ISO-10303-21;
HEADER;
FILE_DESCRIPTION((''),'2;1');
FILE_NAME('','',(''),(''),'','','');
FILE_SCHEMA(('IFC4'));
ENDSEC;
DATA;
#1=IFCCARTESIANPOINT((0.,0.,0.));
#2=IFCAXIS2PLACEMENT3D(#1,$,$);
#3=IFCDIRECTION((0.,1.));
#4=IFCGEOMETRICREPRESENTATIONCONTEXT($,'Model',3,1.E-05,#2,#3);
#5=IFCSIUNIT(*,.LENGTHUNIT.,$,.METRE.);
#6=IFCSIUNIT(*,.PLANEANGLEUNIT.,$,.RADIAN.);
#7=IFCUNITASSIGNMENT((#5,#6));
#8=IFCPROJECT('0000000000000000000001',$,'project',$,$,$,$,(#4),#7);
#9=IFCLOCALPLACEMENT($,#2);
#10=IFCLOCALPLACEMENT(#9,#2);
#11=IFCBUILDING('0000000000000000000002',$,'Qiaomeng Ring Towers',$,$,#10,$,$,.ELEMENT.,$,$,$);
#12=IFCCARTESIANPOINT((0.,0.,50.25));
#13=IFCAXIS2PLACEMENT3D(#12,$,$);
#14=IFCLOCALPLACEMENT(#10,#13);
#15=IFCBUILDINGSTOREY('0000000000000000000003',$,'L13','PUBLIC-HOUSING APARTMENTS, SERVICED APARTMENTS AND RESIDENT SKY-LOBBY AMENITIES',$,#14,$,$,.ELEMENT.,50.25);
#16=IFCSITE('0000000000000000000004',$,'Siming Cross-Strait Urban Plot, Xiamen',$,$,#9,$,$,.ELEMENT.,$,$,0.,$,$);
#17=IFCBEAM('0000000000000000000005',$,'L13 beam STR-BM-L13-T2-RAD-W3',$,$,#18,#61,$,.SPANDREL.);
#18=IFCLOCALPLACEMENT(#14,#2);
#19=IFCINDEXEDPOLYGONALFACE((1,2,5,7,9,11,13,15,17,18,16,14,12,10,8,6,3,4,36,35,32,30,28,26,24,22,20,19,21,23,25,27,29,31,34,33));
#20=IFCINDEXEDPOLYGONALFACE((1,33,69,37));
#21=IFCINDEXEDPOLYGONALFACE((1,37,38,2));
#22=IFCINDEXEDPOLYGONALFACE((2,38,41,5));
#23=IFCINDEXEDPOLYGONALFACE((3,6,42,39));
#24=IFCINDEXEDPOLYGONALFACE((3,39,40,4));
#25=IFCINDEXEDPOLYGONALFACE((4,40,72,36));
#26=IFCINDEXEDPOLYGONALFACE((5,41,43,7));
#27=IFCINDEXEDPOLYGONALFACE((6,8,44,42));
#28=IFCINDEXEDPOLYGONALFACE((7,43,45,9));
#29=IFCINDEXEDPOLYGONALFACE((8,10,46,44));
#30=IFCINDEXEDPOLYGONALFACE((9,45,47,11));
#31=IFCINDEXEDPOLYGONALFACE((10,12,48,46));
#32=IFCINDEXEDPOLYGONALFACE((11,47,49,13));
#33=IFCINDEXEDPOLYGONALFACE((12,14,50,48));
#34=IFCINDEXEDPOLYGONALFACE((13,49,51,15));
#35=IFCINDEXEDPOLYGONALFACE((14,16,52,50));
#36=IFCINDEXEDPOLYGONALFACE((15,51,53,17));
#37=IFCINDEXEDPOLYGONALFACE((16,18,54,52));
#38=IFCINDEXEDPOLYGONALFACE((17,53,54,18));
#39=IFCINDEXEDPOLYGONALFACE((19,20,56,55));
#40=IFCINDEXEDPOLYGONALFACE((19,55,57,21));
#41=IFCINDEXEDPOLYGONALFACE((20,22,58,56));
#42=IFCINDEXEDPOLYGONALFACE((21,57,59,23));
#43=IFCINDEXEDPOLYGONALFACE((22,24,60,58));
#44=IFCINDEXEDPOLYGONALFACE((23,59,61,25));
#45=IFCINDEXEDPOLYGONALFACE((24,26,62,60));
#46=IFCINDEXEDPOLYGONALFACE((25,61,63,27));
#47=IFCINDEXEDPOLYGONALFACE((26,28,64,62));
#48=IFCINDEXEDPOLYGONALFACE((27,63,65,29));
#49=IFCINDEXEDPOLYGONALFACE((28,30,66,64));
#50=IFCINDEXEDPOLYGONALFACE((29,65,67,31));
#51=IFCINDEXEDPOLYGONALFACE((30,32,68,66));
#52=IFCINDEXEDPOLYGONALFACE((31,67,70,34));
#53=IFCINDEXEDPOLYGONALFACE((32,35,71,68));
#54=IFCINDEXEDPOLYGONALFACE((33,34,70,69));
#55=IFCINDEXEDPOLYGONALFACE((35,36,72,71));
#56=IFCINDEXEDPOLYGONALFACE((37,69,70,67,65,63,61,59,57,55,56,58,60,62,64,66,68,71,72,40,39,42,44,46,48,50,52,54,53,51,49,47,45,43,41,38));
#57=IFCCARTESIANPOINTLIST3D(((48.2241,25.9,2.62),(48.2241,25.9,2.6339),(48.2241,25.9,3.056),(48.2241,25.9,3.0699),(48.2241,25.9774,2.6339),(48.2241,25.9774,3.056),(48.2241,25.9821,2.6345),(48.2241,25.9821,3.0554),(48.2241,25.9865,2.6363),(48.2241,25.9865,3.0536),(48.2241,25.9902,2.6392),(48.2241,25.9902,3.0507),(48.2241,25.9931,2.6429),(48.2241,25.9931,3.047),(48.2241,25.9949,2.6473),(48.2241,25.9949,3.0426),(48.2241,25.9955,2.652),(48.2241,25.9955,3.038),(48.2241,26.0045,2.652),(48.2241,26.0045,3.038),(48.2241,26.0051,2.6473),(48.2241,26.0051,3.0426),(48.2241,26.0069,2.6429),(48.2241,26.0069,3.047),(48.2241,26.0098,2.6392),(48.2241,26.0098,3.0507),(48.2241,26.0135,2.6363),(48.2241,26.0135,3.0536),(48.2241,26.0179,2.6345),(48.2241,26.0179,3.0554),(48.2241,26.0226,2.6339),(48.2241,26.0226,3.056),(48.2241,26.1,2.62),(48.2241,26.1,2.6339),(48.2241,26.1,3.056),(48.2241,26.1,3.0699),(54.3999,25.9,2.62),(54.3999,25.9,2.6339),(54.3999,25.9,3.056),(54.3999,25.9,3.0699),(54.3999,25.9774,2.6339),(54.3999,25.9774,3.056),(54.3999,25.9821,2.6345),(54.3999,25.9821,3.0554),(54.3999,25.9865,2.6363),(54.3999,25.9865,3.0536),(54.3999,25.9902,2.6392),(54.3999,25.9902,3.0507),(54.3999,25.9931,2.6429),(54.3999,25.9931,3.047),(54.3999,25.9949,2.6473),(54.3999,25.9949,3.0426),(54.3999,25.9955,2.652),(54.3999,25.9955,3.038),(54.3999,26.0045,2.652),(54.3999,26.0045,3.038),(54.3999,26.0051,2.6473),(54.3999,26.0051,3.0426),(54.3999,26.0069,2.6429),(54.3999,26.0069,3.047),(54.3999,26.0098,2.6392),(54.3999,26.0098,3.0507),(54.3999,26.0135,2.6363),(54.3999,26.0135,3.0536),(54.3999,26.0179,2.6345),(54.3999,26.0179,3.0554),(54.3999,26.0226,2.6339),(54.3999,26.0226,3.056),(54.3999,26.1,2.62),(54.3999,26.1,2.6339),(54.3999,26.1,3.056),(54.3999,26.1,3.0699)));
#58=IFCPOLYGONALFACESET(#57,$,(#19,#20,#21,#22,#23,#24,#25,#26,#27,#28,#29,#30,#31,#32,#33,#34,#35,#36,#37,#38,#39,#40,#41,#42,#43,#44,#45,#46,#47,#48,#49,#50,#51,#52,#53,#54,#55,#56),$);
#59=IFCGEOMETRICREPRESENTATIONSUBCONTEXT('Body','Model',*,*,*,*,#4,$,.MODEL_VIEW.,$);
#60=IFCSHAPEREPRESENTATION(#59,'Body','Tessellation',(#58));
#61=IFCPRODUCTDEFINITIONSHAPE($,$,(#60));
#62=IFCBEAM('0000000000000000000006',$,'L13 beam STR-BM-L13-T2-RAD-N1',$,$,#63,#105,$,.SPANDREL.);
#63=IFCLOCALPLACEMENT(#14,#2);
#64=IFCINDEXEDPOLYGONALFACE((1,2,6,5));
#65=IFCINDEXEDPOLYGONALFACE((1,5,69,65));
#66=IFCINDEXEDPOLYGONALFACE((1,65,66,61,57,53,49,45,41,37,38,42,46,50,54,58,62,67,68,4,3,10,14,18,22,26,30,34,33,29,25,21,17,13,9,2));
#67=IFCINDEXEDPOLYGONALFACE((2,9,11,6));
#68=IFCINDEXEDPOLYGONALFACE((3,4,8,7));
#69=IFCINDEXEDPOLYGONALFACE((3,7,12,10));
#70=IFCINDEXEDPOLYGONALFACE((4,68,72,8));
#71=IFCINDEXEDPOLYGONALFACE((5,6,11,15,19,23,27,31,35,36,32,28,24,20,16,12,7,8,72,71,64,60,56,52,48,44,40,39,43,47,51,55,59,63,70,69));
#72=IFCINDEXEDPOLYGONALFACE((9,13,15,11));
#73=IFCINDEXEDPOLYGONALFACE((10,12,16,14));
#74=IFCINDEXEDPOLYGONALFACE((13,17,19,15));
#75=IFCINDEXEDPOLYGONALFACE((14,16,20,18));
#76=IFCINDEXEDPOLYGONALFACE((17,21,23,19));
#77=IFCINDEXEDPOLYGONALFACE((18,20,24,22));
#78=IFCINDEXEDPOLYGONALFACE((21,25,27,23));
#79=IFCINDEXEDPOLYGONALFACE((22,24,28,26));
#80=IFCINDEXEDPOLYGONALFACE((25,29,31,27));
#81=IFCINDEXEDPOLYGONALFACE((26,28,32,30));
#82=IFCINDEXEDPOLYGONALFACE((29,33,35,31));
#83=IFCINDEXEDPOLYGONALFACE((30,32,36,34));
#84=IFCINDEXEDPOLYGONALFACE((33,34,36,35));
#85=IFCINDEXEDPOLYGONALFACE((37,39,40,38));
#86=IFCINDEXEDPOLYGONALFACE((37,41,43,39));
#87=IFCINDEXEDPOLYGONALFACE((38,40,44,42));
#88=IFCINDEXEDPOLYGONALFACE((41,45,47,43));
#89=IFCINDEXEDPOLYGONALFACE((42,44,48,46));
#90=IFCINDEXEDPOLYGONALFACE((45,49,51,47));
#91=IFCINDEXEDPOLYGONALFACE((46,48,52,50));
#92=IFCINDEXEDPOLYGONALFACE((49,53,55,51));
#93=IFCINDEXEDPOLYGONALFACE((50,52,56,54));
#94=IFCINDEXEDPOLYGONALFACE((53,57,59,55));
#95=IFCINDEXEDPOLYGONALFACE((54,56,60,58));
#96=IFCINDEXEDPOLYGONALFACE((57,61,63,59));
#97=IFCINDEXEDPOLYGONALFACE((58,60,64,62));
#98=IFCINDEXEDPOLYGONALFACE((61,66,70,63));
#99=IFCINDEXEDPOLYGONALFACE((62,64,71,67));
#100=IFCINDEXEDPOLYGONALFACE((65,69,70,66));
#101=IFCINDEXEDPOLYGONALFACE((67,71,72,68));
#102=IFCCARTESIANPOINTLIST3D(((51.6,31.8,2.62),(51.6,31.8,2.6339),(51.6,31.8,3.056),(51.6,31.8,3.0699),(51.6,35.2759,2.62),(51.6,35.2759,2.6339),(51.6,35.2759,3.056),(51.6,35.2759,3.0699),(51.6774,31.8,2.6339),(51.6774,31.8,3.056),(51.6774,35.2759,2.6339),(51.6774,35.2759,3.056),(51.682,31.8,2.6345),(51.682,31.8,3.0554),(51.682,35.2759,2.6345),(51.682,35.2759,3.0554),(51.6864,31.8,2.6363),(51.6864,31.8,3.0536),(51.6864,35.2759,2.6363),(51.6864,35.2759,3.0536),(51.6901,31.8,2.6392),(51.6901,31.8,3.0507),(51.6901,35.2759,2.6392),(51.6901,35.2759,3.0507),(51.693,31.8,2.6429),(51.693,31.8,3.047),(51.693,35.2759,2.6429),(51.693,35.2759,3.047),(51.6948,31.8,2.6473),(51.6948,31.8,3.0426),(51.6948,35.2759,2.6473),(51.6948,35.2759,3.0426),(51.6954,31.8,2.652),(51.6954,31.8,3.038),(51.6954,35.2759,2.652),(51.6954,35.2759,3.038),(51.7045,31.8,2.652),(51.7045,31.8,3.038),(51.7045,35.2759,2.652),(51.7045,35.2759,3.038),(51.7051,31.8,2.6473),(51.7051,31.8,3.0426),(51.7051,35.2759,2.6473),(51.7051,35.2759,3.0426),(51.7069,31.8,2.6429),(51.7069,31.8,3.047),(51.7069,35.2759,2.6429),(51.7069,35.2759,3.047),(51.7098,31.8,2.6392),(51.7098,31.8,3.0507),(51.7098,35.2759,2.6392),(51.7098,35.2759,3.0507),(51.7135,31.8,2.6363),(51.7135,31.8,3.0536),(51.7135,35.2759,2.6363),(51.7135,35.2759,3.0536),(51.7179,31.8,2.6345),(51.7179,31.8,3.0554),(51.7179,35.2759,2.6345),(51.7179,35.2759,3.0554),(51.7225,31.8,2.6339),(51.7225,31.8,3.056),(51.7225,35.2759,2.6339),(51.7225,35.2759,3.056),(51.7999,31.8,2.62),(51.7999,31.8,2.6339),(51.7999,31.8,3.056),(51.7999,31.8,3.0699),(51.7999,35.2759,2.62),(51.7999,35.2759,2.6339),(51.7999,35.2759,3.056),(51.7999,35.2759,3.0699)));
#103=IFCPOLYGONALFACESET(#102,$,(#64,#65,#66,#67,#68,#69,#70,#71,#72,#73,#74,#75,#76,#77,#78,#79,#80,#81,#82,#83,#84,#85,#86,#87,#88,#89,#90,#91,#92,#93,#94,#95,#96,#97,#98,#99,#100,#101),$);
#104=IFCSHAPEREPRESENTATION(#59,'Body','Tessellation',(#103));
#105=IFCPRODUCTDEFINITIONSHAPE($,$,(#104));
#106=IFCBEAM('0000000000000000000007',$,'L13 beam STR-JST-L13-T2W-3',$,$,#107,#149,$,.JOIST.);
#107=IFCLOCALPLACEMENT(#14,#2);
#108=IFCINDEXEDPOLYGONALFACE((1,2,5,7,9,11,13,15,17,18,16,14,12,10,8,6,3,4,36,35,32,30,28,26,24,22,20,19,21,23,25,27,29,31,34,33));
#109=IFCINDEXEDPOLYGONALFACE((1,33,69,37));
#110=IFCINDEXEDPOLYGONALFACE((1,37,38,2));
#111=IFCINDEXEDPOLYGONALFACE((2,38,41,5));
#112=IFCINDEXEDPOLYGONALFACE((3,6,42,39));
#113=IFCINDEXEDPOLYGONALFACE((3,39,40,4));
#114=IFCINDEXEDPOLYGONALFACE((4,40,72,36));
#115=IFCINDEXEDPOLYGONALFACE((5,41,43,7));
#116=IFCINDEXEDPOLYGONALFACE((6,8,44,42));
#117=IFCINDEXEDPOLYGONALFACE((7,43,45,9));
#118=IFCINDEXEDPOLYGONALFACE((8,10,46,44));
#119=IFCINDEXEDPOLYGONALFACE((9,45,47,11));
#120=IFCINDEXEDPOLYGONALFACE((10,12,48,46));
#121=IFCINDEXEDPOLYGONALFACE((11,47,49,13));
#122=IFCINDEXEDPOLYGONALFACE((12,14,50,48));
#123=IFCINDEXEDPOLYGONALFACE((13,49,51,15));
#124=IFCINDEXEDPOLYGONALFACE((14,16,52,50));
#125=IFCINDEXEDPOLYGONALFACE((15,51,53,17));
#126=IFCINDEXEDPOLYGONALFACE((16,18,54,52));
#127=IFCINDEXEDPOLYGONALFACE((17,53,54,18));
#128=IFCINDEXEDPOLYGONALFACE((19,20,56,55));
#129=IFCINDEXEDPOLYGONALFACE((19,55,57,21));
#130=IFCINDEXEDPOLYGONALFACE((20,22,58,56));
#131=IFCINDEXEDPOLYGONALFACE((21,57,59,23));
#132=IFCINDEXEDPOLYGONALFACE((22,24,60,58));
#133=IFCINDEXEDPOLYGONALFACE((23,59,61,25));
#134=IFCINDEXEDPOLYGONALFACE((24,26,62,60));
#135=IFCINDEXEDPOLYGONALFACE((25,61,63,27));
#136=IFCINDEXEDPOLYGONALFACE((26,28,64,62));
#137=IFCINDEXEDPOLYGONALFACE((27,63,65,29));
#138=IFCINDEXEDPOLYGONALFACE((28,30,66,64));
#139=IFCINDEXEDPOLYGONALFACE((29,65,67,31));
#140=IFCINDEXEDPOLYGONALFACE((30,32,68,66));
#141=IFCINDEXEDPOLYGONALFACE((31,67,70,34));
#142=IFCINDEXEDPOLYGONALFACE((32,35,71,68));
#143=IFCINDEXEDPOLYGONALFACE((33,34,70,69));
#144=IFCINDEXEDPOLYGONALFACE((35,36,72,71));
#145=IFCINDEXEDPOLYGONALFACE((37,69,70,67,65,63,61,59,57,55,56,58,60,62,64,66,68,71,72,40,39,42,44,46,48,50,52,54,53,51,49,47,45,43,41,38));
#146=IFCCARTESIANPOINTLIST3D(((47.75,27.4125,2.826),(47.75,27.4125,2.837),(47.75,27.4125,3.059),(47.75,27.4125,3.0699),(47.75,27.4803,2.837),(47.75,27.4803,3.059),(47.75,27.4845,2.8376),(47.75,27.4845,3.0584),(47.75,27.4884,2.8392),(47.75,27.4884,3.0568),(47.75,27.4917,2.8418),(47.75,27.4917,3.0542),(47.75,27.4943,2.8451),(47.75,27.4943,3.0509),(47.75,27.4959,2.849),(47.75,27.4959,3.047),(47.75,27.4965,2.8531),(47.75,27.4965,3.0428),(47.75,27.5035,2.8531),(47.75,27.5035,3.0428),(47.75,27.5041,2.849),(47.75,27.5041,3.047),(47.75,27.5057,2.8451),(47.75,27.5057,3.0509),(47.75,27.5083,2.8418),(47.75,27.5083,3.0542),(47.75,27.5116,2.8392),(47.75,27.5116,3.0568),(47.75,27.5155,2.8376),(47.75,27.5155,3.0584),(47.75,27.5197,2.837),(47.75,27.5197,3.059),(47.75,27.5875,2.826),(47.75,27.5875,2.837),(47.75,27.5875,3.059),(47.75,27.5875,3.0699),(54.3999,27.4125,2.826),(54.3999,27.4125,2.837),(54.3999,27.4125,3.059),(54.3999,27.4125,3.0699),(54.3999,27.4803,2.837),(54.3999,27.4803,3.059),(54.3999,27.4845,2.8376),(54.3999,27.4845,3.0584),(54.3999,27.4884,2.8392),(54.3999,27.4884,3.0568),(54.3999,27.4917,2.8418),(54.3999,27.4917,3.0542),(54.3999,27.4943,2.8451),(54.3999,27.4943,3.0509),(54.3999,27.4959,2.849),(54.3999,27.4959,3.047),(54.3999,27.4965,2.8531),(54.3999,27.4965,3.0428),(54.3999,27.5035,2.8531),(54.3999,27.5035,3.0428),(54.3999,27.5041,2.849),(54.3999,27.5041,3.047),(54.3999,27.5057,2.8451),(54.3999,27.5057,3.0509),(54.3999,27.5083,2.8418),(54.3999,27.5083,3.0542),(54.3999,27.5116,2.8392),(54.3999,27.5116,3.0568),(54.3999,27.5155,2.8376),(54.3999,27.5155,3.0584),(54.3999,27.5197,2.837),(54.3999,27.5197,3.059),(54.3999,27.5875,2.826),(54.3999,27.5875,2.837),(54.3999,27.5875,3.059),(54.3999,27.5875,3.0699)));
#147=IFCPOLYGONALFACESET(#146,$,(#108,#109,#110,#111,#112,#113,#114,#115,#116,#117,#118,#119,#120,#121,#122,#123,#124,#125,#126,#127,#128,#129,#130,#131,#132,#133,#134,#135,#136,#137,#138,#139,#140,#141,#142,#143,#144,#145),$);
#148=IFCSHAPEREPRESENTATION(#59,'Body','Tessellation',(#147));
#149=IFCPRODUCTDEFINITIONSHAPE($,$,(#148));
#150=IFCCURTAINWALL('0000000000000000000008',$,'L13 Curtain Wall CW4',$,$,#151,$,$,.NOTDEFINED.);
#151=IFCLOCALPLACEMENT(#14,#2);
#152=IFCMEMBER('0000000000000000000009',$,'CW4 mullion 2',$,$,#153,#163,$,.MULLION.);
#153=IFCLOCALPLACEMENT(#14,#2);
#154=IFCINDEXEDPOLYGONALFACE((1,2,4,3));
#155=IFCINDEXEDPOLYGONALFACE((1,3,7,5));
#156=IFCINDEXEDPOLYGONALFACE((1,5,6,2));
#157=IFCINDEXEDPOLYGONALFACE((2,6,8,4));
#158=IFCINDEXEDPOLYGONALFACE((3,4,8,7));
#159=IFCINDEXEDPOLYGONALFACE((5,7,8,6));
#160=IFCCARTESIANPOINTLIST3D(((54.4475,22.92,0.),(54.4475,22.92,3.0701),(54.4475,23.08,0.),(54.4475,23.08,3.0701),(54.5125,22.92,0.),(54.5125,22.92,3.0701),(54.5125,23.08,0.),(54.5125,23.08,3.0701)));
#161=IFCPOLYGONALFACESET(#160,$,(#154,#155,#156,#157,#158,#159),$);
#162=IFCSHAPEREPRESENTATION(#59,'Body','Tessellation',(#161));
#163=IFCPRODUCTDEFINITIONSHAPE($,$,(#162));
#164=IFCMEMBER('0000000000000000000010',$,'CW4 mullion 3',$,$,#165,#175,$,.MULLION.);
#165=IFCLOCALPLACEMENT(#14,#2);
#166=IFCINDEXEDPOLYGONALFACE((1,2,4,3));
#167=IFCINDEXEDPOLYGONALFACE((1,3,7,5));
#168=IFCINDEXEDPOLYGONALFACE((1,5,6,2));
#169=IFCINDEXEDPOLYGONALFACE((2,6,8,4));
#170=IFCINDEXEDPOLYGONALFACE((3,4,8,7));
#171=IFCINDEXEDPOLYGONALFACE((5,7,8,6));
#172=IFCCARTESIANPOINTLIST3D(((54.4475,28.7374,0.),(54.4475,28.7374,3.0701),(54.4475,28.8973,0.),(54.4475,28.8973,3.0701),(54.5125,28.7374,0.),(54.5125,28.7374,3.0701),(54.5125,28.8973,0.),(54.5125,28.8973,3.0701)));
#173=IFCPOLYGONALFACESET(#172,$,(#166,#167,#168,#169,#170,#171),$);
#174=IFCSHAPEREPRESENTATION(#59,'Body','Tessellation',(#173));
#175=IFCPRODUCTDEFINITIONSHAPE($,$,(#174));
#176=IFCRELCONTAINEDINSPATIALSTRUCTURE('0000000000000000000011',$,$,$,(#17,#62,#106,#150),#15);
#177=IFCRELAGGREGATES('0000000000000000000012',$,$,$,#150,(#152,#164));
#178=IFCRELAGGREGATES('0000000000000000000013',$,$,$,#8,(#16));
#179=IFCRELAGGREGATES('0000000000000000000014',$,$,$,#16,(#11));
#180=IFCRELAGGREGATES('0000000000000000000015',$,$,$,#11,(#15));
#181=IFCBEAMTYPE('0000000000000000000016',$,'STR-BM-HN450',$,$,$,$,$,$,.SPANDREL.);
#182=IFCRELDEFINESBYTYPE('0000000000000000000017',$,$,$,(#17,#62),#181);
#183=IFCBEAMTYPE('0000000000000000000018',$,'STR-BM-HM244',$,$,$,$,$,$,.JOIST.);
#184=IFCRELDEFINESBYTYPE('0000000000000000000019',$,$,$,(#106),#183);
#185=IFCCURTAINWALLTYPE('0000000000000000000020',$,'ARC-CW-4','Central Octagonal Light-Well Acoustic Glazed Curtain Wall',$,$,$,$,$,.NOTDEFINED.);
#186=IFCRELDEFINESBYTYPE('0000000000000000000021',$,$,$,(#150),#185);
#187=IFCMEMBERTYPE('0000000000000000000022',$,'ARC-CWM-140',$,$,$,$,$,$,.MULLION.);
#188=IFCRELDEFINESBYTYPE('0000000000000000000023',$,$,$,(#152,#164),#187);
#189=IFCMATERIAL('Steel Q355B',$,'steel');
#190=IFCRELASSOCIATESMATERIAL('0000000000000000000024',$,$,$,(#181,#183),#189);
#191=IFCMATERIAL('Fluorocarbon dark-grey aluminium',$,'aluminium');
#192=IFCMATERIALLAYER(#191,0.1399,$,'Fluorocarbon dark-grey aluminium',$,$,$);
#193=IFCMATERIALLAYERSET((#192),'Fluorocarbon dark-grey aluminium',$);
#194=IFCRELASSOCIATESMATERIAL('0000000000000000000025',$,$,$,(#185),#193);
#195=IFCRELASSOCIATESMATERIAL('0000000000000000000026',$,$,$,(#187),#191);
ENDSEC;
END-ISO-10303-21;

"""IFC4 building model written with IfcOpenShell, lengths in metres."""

from ifc_helpers import new_model, si_unit, direction, frame, origin, origin_2d, place, context, subcontext, project, spatial, rectangle, i_section, extrude, source, transform, mapped, material, layer, layer_set, material_profile, profile_set, type_object, element, aggregate, save


model = new_model("IFC4")

# Units and contexts
model_context = context("Model", 3, precision=1e-05, world=origin(), true_north=direction((0.0, 1.0)))
body_context = subcontext(model_context, "Body", "Model", "MODEL_VIEW")
ifc_project = project(units=[si_unit("LENGTHUNIT", "METRE"), si_unit("PLANEANGLEUNIT", "RADIAN")], contexts=[model_context])

# Site, building, storey
site_placement = place(None, origin())
site = spatial("IfcSite", under=ifc_project, at=site_placement, Name="Siming Cross-Strait Urban Plot, Xiamen", CompositionType="ELEMENT", RefElevation=0.0)
building_placement = place(site_placement, origin())
building = spatial("IfcBuilding", under=site, at=building_placement, Name="Qiaomeng Ring Towers", CompositionType="ELEMENT")
storey_placement = place(building_placement, frame((0.0, 0.0, 50.25)))
storey = spatial("IfcBuildingStorey", under=building, at=storey_placement, Name="L13", Description="PUBLIC-HOUSING APARTMENTS, SERVICED APARTMENTS AND RESIDENT SKY-LOBBY AMENITIES", CompositionType="ELEMENT", Elevation=50.25)

# Beams
ifc_material_1 = material(Name="Steel Q355B", Category="steel")
ifc_material_profile_1 = material_profile(ifc_material_1, i_section(OverallWidth=0.2, OverallDepth=0.45, WebThickness=0.009, FlangeThickness=0.0139, FilletRadius=0.0181, at=origin_2d()), Name="HN 450x200x9x14")
ifc_profile_set_1 = profile_set([ifc_material_profile_1], Name="Steel Q355B")
beam_type_1 = type_object("IfcBeamType", Name="STR-BM-HN450", PredefinedType="SPANDREL", material=ifc_profile_set_1)
shared_shape_1 = source(origin(), body_context, "Body", "SweptSolid", [
    extrude(i_section(OverallWidth=0.2, OverallDepth=0.45, WebThickness=0.009, FlangeThickness=0.0139, FilletRadius=0.0181, at=origin_2d()), origin(), (0.0, 0.0, 1.0), 6.1758),
])
beam_1_placement = place(storey_placement, frame((48.2241, 26.0, 2.845), z_axis=(1.0, 0.0, 0.0), x_axis=(0.0, 1.0, 0.0)))
element("IfcBeam", 1, at=beam_1_placement, inside=storey, type_object=beam_type_1, Name="L13 beam STR-BM-L13-T2-RAD-W3", PredefinedType="SPANDREL", context=body_context, shape_type="MappedRepresentation", body=[
    mapped(shared_shape_1, transform((0.0, 0.0, 0.0), x_axis=(1.0, 0.0, 0.0), y_axis=(0.0, 1.0, 0.0), z_axis=(0.0, 0.0, 1.0), scale=1.0)),
])
shared_shape_2 = source(origin(), body_context, "Body", "SweptSolid", [
    extrude(i_section(OverallWidth=0.2, OverallDepth=0.45, WebThickness=0.009, FlangeThickness=0.0139, FilletRadius=0.0181, at=origin_2d()), origin(), (0.0, 0.0, 1.0), 3.4758),
])
beam_2_placement = place(storey_placement, frame((51.7, 35.2759, 2.845), z_axis=(0.0, -1.0, 0.0), x_axis=(1.0, 0.0, 0.0)))
element("IfcBeam", 2, at=beam_2_placement, inside=storey, type_object=beam_type_1, Name="L13 beam STR-BM-L13-T2-RAD-N1", PredefinedType="SPANDREL", context=body_context, shape_type="MappedRepresentation", body=[
    mapped(shared_shape_2, transform((0.0, 0.0, 0.0), x_axis=(1.0, 0.0, 0.0), y_axis=(0.0, 1.0, 0.0), z_axis=(0.0, 0.0, 1.0), scale=1.0)),
])
ifc_material_profile_2 = material_profile(ifc_material_1, i_section(OverallWidth=0.175, OverallDepth=0.2439, WebThickness=0.0071, FlangeThickness=0.011, FilletRadius=0.0161, at=origin_2d()), Name="HM 244x175x7x11")
ifc_profile_set_2 = profile_set([ifc_material_profile_2], Name="Steel Q355B")
beam_type_2 = type_object("IfcBeamType", Name="STR-BM-HM244", PredefinedType="JOIST", material=ifc_profile_set_2)
shared_shape_3 = source(origin(), body_context, "Body", "SweptSolid", [
    extrude(i_section(OverallWidth=0.175, OverallDepth=0.2439, WebThickness=0.0071, FlangeThickness=0.011, FilletRadius=0.0161, at=origin_2d()), origin(), (0.0, 0.0, 1.0), 6.6499),
])
beam_3_placement = place(storey_placement, frame((47.75, 27.5, 2.948), z_axis=(1.0, 0.0, 0.0), x_axis=(0.0, 1.0, 0.0)))
element("IfcBeam", 3, at=beam_3_placement, inside=storey, type_object=beam_type_2, Name="L13 beam STR-JST-L13-T2W-3", PredefinedType="JOIST", context=body_context, shape_type="MappedRepresentation", body=[
    mapped(shared_shape_3, transform((0.0, 0.0, 0.0), x_axis=(1.0, 0.0, 0.0), y_axis=(0.0, 1.0, 0.0), z_axis=(0.0, 0.0, 1.0), scale=1.0)),
])

# Curtain wall, members
ifc_material_2 = material(Name="Fluorocarbon dark-grey aluminium", Category="aluminium")
ifc_layer_1 = layer(ifc_material_2, 0.1399, Name="Fluorocarbon dark-grey aluminium")
ifc_layer_set_1 = layer_set([ifc_layer_1], Name="Fluorocarbon dark-grey aluminium")
curtain_wall_type_1 = type_object("IfcCurtainWallType", Name="ARC-CW-4", Description="Central Octagonal Light-Well Acoustic Glazed Curtain Wall", PredefinedType="NOTDEFINED", material=ifc_layer_set_1)
curtain_wall_1_placement = place(storey_placement, origin())
curtain_wall_1 = element("IfcCurtainWall", 4, at=curtain_wall_1_placement, inside=storey, type_object=curtain_wall_type_1, Name="L13 Curtain Wall CW4", PredefinedType="NOTDEFINED")
ifc_material_profile_3 = material_profile(ifc_material_2, rectangle(XDim=0.0649, YDim=0.1599, at=origin_2d()), Name="ALU MULL 65x160")
ifc_profile_set_3 = profile_set([ifc_material_profile_3], Name="Fluorocarbon dark-grey aluminium")
member_type_1 = type_object("IfcMemberType", Name="ARC-CWM-140", PredefinedType="MULLION", material=ifc_profile_set_3)
shared_shape_4 = source(origin(), body_context, "Body", "SweptSolid", [
    extrude(rectangle(XDim=0.0649, YDim=0.1599, at=origin_2d()), origin(), (0.0, 0.0, 1.0), 3.0701),
])
member_1_placement = place(storey_placement, frame((54.48, 23.0, 0.0), z_axis=(0.0, 0.0, 1.0), x_axis=(-1.0, 0.0, 0.0)))
member_1 = element("IfcMember", 5, at=member_1_placement, type_object=member_type_1, Name="CW4 mullion 2", PredefinedType="MULLION", context=body_context, shape_type="MappedRepresentation", body=[
    mapped(shared_shape_4, transform((0.0, 0.0, 0.0), x_axis=(1.0, 0.0, 0.0), y_axis=(0.0, 1.0, 0.0), z_axis=(0.0, 0.0, 1.0), scale=1.0)),
])
member_2_placement = place(storey_placement, frame((54.48, 28.8174, 0.0), z_axis=(0.0, 0.0, 1.0), x_axis=(-1.0, 0.0, 0.0)))
member_2 = element("IfcMember", 6, at=member_2_placement, type_object=member_type_1, Name="CW4 mullion 3", PredefinedType="MULLION", context=body_context, shape_type="MappedRepresentation", body=[
    mapped(shared_shape_4, transform((0.0, 0.0, 0.0), x_axis=(1.0, 0.0, 0.0), y_axis=(0.0, 1.0, 0.0), z_axis=(0.0, 0.0, 1.0), scale=1.0)),
])

aggregate(curtain_wall_1, [member_1, member_2])

save(model, "model.ifc")
